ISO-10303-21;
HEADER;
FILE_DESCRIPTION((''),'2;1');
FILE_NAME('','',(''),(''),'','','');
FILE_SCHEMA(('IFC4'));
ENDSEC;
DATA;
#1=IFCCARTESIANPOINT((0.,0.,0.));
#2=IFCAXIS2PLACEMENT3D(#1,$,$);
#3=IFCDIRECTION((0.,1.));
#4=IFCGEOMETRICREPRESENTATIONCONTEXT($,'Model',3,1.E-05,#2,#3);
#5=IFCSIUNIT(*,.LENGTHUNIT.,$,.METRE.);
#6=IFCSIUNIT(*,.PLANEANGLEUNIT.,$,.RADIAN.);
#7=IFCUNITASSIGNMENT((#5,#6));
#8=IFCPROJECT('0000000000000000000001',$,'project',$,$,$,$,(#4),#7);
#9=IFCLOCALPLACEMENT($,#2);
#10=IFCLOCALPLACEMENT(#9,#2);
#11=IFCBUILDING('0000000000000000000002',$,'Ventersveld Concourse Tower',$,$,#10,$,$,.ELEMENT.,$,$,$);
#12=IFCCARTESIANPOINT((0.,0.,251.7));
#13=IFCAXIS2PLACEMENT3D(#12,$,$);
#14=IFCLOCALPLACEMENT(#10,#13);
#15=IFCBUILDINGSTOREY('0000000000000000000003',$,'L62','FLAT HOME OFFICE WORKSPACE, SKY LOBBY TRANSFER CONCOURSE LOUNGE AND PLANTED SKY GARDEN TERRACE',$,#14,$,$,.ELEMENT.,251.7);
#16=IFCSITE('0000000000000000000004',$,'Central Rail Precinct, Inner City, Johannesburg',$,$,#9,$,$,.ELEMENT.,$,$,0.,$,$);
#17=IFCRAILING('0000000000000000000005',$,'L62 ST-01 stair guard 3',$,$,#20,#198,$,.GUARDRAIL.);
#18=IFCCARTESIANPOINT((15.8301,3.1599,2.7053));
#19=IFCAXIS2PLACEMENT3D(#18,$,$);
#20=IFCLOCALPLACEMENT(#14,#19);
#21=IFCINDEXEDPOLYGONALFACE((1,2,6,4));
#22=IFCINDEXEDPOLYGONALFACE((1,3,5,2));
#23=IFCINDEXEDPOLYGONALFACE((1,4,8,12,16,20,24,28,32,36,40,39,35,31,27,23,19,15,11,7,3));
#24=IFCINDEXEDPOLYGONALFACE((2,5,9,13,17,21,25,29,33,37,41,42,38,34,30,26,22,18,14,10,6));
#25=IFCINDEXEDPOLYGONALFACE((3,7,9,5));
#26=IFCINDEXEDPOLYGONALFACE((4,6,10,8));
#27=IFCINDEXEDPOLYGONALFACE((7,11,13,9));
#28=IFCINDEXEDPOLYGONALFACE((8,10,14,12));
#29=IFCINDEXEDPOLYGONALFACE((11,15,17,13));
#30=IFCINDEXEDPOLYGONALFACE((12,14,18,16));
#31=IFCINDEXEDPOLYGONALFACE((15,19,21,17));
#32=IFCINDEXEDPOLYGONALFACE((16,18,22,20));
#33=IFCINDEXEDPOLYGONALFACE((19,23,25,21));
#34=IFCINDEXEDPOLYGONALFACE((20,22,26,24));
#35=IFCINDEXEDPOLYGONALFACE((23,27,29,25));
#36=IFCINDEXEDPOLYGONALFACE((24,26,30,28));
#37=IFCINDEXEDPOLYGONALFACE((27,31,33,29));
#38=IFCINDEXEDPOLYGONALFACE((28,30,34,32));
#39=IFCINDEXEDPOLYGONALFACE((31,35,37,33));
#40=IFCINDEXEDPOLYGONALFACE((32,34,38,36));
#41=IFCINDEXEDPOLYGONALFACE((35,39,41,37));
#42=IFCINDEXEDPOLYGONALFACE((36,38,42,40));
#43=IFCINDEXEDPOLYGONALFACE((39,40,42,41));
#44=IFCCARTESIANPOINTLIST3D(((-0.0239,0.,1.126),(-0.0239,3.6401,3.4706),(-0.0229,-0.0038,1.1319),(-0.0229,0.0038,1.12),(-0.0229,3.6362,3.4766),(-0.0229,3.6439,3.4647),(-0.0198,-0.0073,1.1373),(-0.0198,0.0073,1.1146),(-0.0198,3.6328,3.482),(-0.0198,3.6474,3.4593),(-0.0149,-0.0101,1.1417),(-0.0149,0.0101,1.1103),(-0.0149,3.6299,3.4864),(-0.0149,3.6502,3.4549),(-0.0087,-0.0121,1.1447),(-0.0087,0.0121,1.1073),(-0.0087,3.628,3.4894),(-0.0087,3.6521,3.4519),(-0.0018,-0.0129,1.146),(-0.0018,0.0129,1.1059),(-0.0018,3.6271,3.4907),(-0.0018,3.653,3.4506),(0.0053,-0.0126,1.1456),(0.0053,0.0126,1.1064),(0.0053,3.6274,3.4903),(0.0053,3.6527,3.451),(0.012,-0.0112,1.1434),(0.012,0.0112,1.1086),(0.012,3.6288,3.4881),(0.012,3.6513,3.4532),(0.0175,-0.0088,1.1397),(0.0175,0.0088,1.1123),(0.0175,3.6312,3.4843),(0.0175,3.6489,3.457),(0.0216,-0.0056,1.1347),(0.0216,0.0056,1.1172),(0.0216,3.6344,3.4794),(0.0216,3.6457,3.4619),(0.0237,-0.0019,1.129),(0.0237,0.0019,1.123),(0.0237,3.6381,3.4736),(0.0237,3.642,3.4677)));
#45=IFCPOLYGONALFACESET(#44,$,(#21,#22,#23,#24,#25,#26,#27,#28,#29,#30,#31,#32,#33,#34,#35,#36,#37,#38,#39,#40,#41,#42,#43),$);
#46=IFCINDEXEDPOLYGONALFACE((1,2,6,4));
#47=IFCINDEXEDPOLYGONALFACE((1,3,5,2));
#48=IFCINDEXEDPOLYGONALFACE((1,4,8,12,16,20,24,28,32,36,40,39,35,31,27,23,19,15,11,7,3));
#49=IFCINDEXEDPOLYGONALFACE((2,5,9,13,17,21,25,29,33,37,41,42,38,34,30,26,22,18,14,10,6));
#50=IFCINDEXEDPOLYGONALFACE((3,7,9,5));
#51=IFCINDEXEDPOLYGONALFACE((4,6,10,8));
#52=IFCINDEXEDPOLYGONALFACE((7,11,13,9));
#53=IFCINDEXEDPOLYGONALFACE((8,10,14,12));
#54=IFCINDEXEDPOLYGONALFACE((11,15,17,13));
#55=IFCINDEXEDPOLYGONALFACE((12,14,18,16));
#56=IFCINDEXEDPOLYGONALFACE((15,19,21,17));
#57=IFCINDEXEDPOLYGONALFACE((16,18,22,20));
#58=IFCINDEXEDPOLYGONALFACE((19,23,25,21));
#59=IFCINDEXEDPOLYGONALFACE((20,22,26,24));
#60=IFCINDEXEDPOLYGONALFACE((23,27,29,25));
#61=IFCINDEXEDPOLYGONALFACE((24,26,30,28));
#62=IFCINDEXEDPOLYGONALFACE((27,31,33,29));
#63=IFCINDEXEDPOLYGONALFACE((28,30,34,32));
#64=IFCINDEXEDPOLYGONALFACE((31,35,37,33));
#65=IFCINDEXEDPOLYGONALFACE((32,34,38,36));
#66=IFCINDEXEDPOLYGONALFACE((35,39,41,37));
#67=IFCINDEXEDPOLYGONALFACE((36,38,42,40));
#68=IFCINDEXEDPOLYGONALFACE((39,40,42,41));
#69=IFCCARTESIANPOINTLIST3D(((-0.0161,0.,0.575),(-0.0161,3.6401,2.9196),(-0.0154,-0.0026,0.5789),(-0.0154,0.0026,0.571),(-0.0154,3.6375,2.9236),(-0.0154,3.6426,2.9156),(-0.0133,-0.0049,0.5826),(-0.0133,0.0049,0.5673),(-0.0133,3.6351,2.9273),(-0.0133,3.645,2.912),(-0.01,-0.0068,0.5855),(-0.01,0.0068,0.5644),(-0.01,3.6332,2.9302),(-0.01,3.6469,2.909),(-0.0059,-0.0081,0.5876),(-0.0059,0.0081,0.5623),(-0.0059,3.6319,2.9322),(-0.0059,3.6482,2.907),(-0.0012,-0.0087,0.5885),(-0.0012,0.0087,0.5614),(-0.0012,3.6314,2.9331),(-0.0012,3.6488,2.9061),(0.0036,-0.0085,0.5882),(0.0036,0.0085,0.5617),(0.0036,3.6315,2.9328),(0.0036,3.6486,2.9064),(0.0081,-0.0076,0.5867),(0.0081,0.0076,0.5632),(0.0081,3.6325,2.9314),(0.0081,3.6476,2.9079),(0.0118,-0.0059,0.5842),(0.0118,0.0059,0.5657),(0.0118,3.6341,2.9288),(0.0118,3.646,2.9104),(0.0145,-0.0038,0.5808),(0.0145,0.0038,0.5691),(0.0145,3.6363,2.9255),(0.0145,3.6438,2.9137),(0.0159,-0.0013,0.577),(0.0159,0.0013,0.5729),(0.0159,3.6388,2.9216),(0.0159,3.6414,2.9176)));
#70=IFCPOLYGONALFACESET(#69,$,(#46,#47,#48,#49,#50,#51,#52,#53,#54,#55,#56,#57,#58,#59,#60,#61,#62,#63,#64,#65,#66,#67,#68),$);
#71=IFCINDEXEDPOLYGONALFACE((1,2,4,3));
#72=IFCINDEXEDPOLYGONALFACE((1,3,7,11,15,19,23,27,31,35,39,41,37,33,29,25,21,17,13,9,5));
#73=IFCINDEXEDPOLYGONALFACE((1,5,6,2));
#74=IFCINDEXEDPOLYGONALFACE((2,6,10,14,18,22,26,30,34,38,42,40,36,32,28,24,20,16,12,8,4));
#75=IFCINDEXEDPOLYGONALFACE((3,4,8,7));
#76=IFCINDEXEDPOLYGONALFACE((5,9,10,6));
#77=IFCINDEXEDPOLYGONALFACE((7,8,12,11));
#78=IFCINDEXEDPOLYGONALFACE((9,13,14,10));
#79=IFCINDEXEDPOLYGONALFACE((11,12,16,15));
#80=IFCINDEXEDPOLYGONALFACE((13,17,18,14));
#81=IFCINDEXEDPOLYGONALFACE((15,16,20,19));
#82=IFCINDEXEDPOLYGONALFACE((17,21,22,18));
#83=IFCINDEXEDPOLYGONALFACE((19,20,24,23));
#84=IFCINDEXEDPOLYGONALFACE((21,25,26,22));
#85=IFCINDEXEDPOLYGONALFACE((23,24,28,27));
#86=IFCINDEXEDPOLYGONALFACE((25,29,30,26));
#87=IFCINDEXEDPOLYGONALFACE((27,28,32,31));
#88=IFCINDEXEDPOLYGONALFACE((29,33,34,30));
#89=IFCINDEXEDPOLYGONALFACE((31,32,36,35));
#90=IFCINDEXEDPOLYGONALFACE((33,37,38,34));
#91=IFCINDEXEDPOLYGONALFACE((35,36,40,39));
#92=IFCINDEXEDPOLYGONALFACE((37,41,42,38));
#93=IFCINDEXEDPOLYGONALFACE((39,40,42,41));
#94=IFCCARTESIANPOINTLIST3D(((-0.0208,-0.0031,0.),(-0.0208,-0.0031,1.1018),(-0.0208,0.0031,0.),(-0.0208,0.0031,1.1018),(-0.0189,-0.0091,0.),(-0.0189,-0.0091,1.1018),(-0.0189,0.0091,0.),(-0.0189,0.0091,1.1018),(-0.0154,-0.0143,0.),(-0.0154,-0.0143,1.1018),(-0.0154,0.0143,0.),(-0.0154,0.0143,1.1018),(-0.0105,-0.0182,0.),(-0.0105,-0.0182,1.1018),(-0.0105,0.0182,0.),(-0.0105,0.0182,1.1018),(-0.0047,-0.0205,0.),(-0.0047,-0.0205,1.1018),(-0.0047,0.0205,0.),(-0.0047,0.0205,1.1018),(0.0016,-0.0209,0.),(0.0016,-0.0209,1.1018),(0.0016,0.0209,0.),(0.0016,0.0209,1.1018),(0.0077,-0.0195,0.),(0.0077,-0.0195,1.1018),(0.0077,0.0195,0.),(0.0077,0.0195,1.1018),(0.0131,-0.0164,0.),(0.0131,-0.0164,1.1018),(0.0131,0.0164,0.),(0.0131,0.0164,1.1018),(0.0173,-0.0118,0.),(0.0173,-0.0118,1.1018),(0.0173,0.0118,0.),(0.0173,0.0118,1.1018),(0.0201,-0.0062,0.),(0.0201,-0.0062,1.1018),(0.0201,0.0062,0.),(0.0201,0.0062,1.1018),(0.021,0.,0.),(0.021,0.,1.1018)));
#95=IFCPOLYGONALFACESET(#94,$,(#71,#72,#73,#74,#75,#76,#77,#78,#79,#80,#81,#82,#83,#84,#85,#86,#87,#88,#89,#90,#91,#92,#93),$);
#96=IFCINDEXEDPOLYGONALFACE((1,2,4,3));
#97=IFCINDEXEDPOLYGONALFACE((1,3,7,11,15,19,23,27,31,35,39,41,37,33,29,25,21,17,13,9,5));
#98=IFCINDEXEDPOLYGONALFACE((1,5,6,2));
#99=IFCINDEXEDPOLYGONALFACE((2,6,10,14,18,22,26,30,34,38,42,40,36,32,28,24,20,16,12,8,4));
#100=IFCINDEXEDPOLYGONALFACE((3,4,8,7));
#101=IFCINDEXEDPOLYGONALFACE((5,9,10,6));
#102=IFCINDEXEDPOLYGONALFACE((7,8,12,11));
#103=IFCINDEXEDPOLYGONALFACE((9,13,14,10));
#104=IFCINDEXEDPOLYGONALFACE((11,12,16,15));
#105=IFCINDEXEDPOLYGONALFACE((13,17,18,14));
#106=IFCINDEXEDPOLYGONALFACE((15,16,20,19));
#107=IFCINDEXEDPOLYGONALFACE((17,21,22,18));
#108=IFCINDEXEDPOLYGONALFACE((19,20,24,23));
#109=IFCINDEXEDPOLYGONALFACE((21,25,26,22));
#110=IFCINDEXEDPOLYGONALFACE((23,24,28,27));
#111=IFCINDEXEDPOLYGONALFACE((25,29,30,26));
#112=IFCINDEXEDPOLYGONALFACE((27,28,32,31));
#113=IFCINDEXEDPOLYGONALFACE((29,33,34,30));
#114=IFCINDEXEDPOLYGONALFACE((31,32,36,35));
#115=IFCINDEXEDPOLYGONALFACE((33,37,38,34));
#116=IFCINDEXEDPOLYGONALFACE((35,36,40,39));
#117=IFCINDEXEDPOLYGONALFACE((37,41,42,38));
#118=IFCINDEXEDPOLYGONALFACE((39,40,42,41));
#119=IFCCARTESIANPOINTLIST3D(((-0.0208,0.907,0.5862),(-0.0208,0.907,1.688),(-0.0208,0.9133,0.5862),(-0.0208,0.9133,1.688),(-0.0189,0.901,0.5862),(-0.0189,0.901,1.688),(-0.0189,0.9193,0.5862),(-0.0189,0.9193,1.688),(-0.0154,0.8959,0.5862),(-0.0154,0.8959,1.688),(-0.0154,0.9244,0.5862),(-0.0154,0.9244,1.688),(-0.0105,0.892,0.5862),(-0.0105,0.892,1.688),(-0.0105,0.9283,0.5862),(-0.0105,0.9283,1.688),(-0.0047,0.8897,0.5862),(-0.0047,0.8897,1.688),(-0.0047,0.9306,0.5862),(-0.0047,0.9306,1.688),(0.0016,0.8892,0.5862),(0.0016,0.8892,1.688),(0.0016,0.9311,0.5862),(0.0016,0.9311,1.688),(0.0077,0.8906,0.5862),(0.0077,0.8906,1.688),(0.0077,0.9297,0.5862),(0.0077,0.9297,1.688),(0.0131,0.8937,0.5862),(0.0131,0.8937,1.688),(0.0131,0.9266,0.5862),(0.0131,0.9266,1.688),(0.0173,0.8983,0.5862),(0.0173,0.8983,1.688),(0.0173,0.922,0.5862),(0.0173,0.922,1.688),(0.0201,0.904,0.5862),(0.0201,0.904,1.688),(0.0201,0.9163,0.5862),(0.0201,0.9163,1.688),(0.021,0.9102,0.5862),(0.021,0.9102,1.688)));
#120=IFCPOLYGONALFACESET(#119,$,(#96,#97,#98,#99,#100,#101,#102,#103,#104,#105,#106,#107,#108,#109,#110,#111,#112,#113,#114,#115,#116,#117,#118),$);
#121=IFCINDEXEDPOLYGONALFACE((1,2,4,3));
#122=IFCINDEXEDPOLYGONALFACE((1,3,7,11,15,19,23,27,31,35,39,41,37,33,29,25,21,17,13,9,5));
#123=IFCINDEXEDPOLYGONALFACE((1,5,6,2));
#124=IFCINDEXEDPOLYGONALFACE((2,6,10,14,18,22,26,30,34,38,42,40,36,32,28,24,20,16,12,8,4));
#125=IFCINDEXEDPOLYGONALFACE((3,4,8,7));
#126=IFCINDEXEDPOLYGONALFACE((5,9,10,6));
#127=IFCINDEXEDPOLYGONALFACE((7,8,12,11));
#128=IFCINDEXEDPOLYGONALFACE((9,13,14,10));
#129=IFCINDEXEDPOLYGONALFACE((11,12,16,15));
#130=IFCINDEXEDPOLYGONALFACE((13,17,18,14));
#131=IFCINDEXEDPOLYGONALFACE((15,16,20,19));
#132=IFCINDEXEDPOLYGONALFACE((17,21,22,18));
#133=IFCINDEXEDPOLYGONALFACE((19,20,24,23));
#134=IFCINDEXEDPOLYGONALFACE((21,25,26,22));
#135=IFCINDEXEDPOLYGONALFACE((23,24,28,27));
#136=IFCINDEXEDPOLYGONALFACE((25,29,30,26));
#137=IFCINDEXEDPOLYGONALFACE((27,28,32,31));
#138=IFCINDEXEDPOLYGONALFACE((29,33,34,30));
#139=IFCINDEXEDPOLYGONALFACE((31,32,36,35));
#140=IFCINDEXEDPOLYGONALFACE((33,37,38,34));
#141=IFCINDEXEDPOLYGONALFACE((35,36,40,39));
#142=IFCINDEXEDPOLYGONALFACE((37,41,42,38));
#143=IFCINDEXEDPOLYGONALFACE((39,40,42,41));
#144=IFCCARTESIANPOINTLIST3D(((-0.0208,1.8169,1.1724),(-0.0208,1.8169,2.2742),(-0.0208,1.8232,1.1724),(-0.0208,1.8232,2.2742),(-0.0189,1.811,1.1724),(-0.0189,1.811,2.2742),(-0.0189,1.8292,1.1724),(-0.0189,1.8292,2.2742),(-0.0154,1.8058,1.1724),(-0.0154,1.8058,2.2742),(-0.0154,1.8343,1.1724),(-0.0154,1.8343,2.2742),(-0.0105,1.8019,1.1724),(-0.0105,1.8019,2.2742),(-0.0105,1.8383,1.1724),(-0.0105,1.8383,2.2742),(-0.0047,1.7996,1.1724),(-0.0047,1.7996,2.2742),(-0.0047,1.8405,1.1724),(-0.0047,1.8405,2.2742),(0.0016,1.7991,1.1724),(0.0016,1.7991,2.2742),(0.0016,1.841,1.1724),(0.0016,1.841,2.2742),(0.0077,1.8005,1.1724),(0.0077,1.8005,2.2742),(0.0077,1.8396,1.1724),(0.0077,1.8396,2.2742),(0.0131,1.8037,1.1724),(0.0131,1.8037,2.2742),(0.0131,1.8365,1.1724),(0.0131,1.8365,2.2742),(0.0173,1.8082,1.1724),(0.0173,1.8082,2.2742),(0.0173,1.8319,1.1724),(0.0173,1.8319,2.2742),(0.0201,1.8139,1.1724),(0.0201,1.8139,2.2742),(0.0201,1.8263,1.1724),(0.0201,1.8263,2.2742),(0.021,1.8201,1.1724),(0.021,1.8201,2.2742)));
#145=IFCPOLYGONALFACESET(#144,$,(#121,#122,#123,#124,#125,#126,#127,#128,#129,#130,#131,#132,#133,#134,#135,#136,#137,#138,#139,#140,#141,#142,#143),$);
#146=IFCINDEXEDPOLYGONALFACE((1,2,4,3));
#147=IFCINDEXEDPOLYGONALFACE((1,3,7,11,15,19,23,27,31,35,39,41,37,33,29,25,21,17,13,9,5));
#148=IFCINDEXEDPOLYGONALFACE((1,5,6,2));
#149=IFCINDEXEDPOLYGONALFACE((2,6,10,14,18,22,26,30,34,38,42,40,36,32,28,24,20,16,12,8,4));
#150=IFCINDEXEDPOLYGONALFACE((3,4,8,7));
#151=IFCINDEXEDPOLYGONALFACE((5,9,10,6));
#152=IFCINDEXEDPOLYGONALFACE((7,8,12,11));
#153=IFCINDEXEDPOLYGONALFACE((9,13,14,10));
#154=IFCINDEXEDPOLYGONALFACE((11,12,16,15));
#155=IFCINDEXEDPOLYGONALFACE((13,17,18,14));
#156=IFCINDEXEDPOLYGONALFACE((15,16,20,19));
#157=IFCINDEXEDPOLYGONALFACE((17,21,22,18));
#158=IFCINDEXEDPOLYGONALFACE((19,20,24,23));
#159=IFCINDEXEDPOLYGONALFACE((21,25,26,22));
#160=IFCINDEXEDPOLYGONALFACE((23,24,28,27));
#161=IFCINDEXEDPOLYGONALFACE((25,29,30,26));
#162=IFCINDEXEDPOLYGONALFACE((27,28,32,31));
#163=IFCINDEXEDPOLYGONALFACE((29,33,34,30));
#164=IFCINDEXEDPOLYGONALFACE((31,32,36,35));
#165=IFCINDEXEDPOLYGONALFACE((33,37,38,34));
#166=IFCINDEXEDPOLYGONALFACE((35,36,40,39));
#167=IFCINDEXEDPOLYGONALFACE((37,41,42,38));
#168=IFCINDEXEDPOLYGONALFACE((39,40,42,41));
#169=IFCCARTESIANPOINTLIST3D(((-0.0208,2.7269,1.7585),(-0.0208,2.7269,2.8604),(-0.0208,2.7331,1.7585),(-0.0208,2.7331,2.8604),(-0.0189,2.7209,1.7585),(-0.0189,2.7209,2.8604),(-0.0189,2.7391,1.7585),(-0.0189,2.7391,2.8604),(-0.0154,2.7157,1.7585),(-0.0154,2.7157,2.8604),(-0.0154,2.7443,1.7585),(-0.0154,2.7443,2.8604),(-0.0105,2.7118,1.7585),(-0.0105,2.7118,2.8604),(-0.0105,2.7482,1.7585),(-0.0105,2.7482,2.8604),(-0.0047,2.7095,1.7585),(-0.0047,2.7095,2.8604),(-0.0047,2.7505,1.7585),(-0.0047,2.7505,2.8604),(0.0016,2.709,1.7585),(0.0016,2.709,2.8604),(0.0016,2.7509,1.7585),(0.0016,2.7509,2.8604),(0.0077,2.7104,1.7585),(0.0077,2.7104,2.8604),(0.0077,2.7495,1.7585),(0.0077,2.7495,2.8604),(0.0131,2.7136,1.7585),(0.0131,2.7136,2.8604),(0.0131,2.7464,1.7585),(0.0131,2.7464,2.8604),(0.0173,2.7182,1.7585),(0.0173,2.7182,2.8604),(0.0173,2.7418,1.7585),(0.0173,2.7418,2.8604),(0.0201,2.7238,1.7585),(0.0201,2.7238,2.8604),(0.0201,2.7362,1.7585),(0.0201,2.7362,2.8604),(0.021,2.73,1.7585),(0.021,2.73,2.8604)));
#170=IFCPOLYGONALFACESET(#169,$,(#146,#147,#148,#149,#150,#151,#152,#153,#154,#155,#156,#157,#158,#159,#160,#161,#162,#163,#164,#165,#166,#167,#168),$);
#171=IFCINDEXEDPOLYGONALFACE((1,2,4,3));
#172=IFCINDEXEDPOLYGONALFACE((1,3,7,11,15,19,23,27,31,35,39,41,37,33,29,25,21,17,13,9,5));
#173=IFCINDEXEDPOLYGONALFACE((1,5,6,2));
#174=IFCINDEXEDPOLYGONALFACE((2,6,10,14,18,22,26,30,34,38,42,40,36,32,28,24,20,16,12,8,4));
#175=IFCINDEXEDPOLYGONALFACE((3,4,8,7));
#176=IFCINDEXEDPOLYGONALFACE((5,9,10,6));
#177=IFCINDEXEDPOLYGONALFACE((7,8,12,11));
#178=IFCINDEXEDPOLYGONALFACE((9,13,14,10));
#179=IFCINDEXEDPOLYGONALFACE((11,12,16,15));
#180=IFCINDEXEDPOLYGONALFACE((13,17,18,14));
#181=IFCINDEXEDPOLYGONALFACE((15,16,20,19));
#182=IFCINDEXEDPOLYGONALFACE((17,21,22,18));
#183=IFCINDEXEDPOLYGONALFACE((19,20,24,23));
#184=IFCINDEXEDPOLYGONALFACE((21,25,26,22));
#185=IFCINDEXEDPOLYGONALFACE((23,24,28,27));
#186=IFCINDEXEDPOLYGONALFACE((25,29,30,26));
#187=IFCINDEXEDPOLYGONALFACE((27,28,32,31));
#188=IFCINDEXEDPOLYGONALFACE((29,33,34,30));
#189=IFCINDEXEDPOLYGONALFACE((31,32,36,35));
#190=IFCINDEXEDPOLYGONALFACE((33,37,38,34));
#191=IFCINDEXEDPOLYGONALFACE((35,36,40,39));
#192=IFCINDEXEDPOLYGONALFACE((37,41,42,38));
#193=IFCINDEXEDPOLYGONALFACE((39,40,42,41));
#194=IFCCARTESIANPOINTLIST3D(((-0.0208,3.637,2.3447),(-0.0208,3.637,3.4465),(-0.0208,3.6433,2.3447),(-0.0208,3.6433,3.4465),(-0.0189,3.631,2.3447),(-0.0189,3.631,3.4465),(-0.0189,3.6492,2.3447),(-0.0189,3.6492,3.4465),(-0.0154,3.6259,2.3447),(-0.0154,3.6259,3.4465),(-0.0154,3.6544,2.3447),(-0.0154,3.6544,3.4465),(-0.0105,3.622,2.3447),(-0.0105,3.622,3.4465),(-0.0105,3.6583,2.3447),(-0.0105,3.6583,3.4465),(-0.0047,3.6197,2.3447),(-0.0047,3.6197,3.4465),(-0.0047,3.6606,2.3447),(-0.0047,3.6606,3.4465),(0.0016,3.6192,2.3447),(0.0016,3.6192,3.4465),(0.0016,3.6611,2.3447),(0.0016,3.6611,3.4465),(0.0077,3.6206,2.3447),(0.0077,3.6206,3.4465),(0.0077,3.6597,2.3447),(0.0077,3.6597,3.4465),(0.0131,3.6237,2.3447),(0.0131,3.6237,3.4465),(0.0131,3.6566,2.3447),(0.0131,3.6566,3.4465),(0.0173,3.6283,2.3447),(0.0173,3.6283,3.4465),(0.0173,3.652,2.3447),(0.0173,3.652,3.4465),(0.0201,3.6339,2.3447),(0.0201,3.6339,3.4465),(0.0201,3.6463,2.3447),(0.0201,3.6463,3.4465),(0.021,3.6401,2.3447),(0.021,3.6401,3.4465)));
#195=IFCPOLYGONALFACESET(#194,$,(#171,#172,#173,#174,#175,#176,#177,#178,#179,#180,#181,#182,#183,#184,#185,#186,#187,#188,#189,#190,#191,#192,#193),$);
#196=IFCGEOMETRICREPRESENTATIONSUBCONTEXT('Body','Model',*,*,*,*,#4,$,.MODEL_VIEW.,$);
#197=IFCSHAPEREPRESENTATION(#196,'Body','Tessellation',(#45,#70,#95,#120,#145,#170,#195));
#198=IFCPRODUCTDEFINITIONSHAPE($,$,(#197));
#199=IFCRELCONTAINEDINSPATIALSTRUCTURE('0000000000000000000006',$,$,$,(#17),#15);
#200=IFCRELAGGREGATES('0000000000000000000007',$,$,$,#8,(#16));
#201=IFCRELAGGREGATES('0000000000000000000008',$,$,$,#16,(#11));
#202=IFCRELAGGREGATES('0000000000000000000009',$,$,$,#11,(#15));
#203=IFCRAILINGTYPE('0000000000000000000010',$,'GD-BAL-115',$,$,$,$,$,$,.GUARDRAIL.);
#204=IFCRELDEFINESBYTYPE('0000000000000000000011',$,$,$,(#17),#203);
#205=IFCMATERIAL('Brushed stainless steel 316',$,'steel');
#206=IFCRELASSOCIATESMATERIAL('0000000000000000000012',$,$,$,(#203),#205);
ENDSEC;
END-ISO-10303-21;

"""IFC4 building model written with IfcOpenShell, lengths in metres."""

from ifc_helpers import new_model, si_unit, direction, frame, origin, origin_2d, place, context, subcontext, project, spatial, circle, extrude, material, type_object, element, save


model = new_model("IFC4")

# Units and contexts
model_context = context("Model", 3, precision=1e-05, world=origin(), true_north=direction((0.0, 1.0)))
body_context = subcontext(model_context, "Body", "Model", "MODEL_VIEW")
ifc_project = project(units=[si_unit("LENGTHUNIT", "METRE"), si_unit("PLANEANGLEUNIT", "RADIAN")], contexts=[model_context])

# Site, building, storey
site_placement = place(None, origin())
site = spatial("IfcSite", under=ifc_project, at=site_placement, Name="Central Rail Precinct, Inner City, Johannesburg", CompositionType="ELEMENT", RefElevation=0.0)
building_placement = place(site_placement, origin())
building = spatial("IfcBuilding", under=site, at=building_placement, Name="Ventersveld Concourse Tower", CompositionType="ELEMENT")
storey_placement = place(building_placement, frame((0.0, 0.0, 251.7)))
storey = spatial("IfcBuildingStorey", under=building, at=storey_placement, Name="L62", Description="FLAT HOME OFFICE WORKSPACE, SKY LOBBY TRANSFER CONCOURSE LOUNGE AND PLANTED SKY GARDEN TERRACE", CompositionType="ELEMENT", Elevation=251.7)

# Railing
ifc_material_1 = material(Name="Brushed stainless steel 316", Category="steel")
railing_type_1 = type_object("IfcRailingType", Name="GD-BAL-115", PredefinedType="GUARDRAIL", material=ifc_material_1)
railing_1_placement = place(storey_placement, frame((15.8301, 3.1599, 2.7053)))
element("IfcRailing", 1, at=railing_1_placement, inside=storey, type_object=railing_type_1, Name="L62 ST-01 stair guard 3", PredefinedType="GUARDRAIL", context=body_context, shape_type="SweptSolid", body=[
    extrude(circle(Radius=0.0239, at=origin_2d()), frame((0.0, 0.0, 1.126), z_axis=(0.0, 0.840691, 0.541515), x_axis=(-1.0, 0.0, 0.0)), (0.0, 0.0, 1.0), 4.3298),
    extrude(circle(Radius=0.0161, at=origin_2d()), frame((0.0, 0.0, 0.575), z_axis=(0.0, 0.840691, 0.541515), x_axis=(-1.0, 0.0, 0.0)), (0.0, 0.0, 1.0), 4.3298),
    extrude(circle(Radius=0.021, at=origin_2d()), origin(), (0.0, 0.0, 1.0), 1.1018),
    extrude(circle(Radius=0.021, at=origin_2d()), frame((0.0, 0.9102, 0.5862)), (0.0, 0.0, 1.0), 1.1018),
    extrude(circle(Radius=0.021, at=origin_2d()), frame((0.0, 1.8201, 1.1724)), (0.0, 0.0, 1.0), 1.1018),
    extrude(circle(Radius=0.021, at=origin_2d()), frame((0.0, 2.73, 1.7585)), (0.0, 0.0, 1.0), 1.1018),
    extrude(circle(Radius=0.021, at=origin_2d()), frame((0.0, 3.6401, 2.3447)), (0.0, 0.0, 1.0), 1.1018),
])

save(model, "model.ifc")
